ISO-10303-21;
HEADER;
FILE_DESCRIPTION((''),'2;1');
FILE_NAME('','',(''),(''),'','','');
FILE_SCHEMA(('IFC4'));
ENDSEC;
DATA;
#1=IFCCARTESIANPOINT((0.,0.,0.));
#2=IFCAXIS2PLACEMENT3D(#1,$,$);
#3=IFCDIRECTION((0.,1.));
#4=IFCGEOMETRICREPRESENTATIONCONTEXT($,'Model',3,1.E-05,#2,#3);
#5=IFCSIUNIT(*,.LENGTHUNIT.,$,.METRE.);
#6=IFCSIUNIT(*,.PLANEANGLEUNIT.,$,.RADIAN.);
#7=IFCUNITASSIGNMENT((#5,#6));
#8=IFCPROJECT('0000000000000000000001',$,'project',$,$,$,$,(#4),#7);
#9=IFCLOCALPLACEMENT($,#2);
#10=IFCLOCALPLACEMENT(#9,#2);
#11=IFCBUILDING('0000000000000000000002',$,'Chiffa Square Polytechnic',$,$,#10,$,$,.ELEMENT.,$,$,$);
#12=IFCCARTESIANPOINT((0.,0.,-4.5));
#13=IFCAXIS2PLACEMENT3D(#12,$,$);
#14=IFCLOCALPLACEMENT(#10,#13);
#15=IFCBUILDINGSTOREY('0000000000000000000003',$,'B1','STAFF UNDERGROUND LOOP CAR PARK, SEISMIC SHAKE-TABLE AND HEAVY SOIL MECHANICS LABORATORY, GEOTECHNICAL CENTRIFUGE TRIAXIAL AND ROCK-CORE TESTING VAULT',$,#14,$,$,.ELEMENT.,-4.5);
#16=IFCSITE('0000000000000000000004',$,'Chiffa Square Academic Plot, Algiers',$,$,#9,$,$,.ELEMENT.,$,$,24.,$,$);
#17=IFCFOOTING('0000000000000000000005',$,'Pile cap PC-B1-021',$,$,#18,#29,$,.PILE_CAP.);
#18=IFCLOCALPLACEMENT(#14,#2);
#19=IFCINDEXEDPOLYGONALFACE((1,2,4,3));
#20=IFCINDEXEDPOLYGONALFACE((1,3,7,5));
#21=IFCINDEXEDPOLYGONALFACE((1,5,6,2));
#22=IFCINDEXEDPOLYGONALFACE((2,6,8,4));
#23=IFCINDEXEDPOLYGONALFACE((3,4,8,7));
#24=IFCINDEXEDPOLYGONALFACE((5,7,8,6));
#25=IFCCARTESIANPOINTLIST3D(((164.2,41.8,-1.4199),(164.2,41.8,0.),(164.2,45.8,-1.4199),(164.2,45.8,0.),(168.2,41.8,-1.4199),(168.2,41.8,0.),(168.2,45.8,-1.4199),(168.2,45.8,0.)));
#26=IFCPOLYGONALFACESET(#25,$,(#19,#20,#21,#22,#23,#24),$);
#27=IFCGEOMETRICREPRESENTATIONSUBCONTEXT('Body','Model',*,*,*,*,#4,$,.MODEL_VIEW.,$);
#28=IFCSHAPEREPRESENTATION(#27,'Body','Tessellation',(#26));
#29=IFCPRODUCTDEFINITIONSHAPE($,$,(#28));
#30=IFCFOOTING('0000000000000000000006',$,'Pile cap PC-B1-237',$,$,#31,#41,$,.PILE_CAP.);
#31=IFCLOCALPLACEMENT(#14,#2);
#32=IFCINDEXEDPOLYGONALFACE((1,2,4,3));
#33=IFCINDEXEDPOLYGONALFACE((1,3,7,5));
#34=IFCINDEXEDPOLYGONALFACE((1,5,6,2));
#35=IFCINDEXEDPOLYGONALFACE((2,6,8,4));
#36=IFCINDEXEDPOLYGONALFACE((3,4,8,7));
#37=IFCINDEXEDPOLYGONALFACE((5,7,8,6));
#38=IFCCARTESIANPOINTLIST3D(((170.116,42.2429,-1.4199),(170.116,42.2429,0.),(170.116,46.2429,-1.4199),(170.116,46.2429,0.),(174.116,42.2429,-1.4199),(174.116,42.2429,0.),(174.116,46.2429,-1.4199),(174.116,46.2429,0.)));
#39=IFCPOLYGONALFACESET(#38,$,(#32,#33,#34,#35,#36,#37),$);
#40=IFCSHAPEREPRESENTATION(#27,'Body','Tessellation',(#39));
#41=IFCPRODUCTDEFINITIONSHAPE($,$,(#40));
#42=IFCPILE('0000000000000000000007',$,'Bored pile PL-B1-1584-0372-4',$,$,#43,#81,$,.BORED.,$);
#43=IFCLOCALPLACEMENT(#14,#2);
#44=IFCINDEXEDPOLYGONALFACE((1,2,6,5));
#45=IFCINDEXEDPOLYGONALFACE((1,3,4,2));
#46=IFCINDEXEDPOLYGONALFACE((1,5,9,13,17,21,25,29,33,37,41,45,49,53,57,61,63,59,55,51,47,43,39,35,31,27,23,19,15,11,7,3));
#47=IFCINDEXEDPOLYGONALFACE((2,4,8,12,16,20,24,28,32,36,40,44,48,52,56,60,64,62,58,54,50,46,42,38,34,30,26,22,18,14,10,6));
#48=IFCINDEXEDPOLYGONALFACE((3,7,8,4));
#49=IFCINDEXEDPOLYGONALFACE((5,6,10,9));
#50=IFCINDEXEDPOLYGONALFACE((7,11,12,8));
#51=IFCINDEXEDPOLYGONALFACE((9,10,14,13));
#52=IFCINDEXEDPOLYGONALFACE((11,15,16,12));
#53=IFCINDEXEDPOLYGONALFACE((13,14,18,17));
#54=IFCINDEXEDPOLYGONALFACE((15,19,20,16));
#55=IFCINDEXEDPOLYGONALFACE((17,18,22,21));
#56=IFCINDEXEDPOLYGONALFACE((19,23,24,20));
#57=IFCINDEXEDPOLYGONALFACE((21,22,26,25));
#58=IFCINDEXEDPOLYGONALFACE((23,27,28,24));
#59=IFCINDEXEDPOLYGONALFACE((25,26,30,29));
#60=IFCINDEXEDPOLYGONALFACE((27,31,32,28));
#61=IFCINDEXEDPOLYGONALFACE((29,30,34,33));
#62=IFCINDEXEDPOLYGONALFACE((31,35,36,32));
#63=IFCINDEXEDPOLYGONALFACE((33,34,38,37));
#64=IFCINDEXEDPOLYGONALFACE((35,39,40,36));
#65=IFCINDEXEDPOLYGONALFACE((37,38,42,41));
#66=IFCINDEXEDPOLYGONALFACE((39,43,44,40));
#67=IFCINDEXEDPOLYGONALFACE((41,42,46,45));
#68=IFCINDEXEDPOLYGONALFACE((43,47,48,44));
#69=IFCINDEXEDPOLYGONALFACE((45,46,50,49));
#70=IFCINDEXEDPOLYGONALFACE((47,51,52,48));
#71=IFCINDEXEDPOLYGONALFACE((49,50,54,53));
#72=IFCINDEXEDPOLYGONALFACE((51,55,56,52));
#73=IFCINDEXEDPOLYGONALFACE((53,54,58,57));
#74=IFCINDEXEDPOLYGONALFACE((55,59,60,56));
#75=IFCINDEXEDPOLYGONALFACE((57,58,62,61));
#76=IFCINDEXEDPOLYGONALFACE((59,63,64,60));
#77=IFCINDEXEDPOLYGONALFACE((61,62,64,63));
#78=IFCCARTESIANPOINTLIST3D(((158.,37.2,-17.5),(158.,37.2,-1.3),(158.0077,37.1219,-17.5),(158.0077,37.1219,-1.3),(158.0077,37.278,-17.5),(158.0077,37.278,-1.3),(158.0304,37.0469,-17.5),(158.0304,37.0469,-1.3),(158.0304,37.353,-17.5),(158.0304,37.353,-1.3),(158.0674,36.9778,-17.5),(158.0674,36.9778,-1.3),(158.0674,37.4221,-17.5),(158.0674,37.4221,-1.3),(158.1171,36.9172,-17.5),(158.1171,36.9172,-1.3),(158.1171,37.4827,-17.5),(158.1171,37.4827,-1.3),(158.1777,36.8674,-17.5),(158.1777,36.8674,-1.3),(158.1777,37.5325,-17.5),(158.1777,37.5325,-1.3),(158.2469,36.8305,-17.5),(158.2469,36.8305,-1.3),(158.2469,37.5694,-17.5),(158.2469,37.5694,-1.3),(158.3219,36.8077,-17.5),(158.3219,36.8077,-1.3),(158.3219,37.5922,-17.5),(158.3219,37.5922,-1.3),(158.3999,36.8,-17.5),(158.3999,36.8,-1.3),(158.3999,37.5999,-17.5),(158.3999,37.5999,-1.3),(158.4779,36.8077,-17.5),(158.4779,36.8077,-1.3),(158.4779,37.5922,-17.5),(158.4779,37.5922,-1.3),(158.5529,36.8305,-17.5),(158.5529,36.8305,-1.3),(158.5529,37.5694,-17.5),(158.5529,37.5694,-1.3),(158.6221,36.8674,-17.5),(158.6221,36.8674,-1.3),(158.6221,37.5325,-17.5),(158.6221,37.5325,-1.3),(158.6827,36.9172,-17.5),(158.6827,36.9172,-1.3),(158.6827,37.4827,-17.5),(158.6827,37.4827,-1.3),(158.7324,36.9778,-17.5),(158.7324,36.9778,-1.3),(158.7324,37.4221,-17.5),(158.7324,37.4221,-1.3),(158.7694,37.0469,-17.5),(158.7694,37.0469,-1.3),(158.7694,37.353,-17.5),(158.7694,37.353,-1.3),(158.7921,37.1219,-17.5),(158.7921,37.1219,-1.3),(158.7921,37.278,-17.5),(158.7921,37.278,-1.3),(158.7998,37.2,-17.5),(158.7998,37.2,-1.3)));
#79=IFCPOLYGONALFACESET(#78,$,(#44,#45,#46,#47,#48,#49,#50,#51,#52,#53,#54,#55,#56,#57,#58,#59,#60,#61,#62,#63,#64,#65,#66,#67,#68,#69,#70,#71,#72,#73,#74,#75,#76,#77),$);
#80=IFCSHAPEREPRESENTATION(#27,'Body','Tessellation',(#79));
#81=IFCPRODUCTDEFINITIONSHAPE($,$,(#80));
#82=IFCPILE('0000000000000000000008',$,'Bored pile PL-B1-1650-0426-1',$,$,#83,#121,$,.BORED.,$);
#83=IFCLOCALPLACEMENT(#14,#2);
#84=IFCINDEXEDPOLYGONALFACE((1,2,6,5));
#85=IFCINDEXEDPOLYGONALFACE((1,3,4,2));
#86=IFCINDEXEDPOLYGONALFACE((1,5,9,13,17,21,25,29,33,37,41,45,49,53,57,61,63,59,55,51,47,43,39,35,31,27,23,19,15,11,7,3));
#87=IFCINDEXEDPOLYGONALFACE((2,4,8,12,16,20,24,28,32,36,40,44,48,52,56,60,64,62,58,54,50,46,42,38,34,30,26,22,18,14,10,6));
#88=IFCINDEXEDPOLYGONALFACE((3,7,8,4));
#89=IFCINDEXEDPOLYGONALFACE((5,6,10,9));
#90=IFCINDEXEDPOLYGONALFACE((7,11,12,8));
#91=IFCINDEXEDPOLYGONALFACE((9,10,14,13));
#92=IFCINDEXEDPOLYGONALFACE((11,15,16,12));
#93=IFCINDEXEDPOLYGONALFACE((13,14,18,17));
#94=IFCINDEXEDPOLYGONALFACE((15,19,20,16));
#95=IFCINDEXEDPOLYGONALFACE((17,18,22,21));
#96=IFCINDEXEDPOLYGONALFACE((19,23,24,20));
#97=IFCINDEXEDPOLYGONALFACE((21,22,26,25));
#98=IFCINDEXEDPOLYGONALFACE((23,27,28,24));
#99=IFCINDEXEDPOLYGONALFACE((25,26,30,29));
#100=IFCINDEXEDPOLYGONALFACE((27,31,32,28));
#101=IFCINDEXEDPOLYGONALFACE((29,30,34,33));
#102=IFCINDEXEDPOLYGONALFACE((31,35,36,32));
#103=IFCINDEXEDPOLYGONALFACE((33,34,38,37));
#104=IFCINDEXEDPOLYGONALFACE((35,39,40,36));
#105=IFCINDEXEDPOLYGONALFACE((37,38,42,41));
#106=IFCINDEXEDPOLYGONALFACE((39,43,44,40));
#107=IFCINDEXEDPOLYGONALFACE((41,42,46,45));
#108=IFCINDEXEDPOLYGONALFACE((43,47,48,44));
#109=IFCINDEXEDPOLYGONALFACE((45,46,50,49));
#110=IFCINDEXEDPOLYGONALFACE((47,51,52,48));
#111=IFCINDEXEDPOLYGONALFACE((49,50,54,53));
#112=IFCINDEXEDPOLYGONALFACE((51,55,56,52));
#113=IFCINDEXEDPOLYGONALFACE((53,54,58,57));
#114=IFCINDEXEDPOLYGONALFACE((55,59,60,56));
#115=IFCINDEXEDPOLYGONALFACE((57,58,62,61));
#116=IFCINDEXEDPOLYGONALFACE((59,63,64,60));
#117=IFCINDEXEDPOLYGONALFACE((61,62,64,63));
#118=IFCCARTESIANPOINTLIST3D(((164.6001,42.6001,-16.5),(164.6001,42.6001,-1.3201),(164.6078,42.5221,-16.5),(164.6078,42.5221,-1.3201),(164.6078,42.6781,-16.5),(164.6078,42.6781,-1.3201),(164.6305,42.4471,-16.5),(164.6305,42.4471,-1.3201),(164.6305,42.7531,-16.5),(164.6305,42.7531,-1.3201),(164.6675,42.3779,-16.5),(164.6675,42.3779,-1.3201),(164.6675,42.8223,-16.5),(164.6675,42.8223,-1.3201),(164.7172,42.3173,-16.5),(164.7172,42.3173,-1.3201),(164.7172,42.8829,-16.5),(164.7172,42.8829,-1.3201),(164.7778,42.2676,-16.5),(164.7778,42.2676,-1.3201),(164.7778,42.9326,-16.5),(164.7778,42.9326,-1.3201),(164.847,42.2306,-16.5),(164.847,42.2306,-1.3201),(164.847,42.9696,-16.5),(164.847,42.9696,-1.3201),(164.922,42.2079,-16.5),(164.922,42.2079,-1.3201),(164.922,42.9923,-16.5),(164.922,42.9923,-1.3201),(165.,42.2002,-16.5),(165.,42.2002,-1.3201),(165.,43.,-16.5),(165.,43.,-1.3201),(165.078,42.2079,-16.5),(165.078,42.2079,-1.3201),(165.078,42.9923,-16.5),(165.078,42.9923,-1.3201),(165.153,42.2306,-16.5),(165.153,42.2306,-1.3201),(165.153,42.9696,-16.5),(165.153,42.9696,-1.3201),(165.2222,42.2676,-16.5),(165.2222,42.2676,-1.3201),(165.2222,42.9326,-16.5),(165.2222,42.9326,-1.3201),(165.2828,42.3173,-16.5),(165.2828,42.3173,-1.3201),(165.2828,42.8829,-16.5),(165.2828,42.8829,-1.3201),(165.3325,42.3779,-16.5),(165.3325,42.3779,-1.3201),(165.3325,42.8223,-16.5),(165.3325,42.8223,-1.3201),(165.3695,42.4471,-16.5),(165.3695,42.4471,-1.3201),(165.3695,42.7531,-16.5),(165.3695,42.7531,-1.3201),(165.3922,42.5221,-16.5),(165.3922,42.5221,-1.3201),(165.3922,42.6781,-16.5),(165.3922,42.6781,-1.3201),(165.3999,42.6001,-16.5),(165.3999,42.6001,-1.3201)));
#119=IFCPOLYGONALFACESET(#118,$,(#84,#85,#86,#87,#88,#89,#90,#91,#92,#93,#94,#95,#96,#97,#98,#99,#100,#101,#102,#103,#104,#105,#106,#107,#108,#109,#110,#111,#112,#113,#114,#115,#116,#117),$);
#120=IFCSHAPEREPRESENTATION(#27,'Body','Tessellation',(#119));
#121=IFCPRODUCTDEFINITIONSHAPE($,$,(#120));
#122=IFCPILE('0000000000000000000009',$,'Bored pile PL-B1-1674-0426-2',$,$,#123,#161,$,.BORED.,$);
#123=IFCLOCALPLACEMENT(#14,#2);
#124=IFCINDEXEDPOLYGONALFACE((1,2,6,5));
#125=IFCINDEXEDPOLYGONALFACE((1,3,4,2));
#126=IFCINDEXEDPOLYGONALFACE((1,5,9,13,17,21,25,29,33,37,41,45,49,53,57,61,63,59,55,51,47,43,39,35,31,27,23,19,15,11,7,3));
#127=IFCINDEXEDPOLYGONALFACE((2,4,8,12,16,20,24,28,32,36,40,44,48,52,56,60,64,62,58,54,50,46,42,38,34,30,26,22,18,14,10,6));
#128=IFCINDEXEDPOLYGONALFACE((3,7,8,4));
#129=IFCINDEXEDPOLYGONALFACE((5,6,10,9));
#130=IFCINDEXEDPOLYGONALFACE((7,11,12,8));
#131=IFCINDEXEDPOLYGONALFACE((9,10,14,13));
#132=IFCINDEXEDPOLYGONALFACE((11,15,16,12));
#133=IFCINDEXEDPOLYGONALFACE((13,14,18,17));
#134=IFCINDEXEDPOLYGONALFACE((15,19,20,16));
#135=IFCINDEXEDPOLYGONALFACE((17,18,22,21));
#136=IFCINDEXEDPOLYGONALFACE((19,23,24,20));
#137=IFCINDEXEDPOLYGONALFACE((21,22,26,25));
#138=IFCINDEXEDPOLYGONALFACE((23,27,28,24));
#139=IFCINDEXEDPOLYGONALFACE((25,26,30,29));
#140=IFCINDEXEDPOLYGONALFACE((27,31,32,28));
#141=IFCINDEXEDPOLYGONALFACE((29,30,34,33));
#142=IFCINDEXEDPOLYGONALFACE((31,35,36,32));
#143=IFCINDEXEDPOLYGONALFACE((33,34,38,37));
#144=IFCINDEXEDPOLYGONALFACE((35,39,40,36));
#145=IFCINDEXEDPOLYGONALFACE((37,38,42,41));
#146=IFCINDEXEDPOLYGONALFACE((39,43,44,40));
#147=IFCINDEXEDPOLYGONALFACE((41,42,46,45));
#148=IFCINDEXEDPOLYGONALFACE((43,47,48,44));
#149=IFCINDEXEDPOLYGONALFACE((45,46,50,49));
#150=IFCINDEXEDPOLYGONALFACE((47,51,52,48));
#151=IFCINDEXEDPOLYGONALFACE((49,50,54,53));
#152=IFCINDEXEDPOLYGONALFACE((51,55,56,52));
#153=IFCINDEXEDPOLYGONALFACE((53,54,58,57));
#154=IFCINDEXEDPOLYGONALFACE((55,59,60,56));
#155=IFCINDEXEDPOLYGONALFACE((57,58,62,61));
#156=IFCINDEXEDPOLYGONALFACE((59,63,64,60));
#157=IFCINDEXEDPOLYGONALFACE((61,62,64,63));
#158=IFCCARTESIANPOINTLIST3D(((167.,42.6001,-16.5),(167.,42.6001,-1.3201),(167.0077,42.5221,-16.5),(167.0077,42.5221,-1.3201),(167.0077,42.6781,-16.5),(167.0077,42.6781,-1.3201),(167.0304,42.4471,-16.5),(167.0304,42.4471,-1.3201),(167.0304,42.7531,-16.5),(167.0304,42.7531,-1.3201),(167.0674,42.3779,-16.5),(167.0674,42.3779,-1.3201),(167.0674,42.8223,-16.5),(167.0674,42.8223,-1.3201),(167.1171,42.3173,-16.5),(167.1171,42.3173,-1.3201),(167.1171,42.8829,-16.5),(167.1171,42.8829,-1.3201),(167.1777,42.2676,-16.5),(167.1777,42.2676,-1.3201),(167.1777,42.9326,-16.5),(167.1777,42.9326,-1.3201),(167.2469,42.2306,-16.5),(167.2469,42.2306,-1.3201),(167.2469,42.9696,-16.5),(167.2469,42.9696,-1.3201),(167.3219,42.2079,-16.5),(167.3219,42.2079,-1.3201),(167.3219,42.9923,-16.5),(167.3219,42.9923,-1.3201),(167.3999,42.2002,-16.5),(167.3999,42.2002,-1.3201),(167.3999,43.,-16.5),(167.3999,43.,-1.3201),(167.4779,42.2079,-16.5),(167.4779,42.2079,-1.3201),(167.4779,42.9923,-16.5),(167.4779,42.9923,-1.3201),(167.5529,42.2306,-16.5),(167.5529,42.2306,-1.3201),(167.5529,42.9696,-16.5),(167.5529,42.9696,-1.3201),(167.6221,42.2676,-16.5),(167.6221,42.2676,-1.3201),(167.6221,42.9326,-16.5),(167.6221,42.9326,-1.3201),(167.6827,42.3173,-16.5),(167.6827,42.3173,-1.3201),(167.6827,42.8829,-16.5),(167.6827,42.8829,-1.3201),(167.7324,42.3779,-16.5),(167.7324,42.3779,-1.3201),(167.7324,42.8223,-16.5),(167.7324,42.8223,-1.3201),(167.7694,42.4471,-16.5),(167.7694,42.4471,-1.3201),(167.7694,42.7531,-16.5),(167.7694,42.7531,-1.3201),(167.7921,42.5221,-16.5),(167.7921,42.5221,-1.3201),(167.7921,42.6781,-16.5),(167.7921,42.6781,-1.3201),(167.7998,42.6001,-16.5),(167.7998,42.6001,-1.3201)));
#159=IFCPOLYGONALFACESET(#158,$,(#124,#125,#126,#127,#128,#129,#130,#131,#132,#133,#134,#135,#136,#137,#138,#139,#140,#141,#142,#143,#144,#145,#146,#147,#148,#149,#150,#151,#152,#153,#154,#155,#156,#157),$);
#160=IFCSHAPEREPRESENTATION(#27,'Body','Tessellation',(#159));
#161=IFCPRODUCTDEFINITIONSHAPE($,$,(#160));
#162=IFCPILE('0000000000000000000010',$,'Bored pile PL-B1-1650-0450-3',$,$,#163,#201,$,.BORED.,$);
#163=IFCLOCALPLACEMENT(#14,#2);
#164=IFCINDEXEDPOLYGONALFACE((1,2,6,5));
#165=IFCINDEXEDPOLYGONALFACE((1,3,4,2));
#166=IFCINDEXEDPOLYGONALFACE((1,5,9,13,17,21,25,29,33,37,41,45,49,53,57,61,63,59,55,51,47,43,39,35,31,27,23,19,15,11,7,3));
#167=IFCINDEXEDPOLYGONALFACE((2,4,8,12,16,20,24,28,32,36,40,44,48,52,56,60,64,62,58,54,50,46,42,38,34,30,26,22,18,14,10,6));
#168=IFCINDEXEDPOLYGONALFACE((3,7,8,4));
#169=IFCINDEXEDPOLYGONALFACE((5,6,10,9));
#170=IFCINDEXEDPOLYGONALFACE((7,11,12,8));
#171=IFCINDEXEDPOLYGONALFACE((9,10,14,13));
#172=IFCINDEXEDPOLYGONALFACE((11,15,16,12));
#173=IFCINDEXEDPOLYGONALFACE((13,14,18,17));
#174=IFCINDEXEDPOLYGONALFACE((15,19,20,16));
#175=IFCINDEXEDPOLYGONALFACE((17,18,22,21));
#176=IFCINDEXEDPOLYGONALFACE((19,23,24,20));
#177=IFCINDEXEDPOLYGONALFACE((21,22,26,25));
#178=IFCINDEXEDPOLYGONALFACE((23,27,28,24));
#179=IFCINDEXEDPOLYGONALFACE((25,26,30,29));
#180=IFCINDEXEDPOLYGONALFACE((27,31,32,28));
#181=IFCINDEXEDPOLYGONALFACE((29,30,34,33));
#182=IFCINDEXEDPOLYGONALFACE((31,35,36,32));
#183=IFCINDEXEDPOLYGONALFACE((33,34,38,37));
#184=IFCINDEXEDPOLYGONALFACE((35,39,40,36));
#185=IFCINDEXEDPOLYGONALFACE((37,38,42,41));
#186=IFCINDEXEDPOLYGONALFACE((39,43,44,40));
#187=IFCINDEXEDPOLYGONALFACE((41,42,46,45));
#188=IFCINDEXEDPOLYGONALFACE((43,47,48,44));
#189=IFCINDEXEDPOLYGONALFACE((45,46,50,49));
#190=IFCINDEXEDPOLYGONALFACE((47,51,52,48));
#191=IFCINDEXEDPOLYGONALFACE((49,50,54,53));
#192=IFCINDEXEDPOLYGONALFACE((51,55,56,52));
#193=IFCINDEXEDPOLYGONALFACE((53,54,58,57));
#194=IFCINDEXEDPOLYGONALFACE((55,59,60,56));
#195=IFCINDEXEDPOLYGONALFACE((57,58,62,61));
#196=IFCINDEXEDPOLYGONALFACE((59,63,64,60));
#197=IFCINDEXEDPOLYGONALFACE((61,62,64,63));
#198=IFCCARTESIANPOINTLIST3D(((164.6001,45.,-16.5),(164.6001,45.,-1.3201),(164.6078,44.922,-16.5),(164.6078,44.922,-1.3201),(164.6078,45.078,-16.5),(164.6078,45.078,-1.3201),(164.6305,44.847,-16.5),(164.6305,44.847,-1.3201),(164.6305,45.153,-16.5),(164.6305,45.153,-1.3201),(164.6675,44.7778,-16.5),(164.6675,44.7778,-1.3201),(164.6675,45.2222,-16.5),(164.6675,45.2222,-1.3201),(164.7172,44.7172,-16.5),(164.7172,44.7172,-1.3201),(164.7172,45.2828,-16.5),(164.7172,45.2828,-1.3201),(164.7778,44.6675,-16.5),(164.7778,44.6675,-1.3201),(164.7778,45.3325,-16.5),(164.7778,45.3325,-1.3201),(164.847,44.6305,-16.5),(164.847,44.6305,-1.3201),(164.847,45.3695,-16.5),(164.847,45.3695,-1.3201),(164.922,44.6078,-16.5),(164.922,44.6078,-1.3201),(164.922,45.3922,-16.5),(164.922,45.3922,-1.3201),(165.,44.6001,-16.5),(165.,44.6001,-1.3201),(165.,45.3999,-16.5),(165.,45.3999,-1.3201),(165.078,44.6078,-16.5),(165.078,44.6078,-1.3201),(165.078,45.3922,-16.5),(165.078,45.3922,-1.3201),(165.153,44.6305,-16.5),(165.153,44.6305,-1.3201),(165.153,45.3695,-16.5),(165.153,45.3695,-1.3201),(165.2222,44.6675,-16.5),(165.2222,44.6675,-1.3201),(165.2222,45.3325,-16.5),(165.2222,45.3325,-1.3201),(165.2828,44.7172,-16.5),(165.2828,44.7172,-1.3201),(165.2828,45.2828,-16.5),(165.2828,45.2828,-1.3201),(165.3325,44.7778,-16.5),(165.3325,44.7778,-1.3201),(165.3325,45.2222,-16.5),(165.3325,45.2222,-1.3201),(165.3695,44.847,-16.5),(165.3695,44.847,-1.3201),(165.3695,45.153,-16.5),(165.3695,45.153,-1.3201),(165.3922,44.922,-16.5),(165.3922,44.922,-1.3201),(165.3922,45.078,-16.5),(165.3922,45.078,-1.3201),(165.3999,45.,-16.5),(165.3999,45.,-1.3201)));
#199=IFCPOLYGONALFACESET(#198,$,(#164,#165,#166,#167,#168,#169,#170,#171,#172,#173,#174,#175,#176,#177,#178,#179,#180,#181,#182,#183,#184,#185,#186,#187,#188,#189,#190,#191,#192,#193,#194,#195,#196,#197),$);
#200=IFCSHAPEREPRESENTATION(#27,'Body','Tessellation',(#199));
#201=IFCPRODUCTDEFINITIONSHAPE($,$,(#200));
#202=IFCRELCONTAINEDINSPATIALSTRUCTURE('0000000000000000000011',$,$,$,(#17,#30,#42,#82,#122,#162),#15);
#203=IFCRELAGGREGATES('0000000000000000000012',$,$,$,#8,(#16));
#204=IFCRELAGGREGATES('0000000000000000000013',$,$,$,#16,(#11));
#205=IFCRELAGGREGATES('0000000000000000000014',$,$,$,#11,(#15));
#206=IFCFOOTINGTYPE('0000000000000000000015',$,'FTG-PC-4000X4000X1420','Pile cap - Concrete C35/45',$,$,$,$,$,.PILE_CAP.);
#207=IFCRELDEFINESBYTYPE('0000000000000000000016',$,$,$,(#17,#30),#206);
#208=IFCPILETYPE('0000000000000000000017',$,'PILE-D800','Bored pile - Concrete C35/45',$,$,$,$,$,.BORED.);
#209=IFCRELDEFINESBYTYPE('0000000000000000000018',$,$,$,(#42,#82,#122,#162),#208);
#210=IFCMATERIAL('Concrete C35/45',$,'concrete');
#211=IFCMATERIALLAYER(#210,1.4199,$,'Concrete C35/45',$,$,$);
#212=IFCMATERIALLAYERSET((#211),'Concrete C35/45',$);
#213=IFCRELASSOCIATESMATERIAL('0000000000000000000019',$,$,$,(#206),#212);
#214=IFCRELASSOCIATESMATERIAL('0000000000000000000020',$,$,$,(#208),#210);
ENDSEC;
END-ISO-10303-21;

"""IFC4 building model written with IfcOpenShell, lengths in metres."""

from ifc_helpers import new_model, si_unit, direction, frame, origin, origin_2d, place, context, subcontext, project, spatial, rectangle, circle, extrude, material, layer, layer_set, material_profile, profile_set, type_object, element, save


model = new_model("IFC4")

# Units and contexts
model_context = context("Model", 3, precision=1e-05, world=origin(), true_north=direction((0.0, 1.0)))
body_context = subcontext(model_context, "Body", "Model", "MODEL_VIEW")
ifc_project = project(units=[si_unit("LENGTHUNIT", "METRE"), si_unit("PLANEANGLEUNIT", "RADIAN")], contexts=[model_context])

# Site, building, storey
site_placement = place(None, origin())
site = spatial("IfcSite", under=ifc_project, at=site_placement, Name="Chiffa Square Academic Plot, Algiers", CompositionType="ELEMENT", RefElevation=24.0)
building_placement = place(site_placement, origin())
building = spatial("IfcBuilding", under=site, at=building_placement, Name="Chiffa Square Polytechnic", CompositionType="ELEMENT")
storey_placement = place(building_placement, frame((0.0, 0.0, -4.5)))
storey = spatial("IfcBuildingStorey", under=building, at=storey_placement, Name="B1", Description="STAFF UNDERGROUND LOOP CAR PARK, SEISMIC SHAKE-TABLE AND HEAVY SOIL MECHANICS LABORATORY, GEOTECHNICAL CENTRIFUGE TRIAXIAL AND ROCK-CORE TESTING VAULT", CompositionType="ELEMENT", Elevation=-4.5)

# Footings
ifc_material_1 = material(Name="Concrete C35/45", Category="concrete")
ifc_layer_1 = layer(ifc_material_1, 1.4199, Name="Concrete C35/45")
ifc_layer_set_1 = layer_set([ifc_layer_1], Name="Concrete C35/45")
footing_type = type_object("IfcFootingType", Name="FTG-PC-4000X4000X1420", Description="Pile cap - Concrete C35/45", PredefinedType="PILE_CAP", material=ifc_layer_set_1)
for number, where, z_axis, x_axis, name in (
    (1, (166.2, 43.8, -1.4199), (0.0, 0.0, 1.0), (1.0, 0.0, 0.0), "Pile cap PC-B1-021"),
    (2, (172.116, 44.2429, -1.4199), (0.0, 0.0, 1.0), (1.0, 0.0, 0.0), "Pile cap PC-B1-237"),
):
    element("IfcFooting", number, at=place(storey_placement, frame(where, z_axis=z_axis, x_axis=x_axis)), inside=storey, type_object=footing_type, Name=name, PredefinedType="PILE_CAP", context=body_context, shape_type="SweptSolid", body=[
        extrude(rectangle(XDim=4.0, YDim=4.0, at=origin_2d()), origin(), (0.0, 0.0, 1.0), 1.4199),
    ])

# Piles
ifc_material_profile_1 = material_profile(ifc_material_1, circle(Radius=0.3999, at=origin_2d()), Name="PILE D800")
ifc_profile_set_1 = profile_set([ifc_material_profile_1], Name="Concrete C35/45")
pile_type_1 = type_object("IfcPileType", Name="PILE-D800", Description="Bored pile - Concrete C35/45", PredefinedType="BORED", material=ifc_profile_set_1)
pile_placement = place(storey_placement, frame((158.3999, 37.2, -1.3), z_axis=(0.0, 0.0, -1.0), x_axis=(1.0, 0.0, 0.0)))
element("IfcPile", 3, at=pile_placement, inside=storey, type_object=pile_type_1, Name="Bored pile PL-B1-1584-0372-4", PredefinedType="BORED", context=body_context, shape_type="SweptSolid", body=[
    extrude(circle(Radius=0.3999, at=origin_2d()), origin(), (0.0, 0.0, 1.0), 16.2),
])
for number, where, z_axis, x_axis, name in (
    (4, (165.0, 42.6001, -1.3201), (0.0, 0.0, -1.0), (1.0, 0.0, 0.0), "Bored pile PL-B1-1650-0426-1"),
    (5, (167.3999, 42.6001, -1.3201), (0.0, 0.0, -1.0), (1.0, 0.0, 0.0), "Bored pile PL-B1-1674-0426-2"),
    (6, (165.0, 45.0, -1.3201), (0.0, 0.0, -1.0), (1.0, 0.0, 0.0), "Bored pile PL-B1-1650-0450-3"),
):
    element("IfcPile", number, at=place(storey_placement, frame(where, z_axis=z_axis, x_axis=x_axis)), inside=storey, type_object=pile_type_1, Name=name, PredefinedType="BORED", context=body_context, shape_type="SweptSolid", body=[
        extrude(circle(Radius=0.3999, at=origin_2d()), origin(), (0.0, 0.0, 1.0), 15.1799),
    ])

save(model, "model.ifc")
